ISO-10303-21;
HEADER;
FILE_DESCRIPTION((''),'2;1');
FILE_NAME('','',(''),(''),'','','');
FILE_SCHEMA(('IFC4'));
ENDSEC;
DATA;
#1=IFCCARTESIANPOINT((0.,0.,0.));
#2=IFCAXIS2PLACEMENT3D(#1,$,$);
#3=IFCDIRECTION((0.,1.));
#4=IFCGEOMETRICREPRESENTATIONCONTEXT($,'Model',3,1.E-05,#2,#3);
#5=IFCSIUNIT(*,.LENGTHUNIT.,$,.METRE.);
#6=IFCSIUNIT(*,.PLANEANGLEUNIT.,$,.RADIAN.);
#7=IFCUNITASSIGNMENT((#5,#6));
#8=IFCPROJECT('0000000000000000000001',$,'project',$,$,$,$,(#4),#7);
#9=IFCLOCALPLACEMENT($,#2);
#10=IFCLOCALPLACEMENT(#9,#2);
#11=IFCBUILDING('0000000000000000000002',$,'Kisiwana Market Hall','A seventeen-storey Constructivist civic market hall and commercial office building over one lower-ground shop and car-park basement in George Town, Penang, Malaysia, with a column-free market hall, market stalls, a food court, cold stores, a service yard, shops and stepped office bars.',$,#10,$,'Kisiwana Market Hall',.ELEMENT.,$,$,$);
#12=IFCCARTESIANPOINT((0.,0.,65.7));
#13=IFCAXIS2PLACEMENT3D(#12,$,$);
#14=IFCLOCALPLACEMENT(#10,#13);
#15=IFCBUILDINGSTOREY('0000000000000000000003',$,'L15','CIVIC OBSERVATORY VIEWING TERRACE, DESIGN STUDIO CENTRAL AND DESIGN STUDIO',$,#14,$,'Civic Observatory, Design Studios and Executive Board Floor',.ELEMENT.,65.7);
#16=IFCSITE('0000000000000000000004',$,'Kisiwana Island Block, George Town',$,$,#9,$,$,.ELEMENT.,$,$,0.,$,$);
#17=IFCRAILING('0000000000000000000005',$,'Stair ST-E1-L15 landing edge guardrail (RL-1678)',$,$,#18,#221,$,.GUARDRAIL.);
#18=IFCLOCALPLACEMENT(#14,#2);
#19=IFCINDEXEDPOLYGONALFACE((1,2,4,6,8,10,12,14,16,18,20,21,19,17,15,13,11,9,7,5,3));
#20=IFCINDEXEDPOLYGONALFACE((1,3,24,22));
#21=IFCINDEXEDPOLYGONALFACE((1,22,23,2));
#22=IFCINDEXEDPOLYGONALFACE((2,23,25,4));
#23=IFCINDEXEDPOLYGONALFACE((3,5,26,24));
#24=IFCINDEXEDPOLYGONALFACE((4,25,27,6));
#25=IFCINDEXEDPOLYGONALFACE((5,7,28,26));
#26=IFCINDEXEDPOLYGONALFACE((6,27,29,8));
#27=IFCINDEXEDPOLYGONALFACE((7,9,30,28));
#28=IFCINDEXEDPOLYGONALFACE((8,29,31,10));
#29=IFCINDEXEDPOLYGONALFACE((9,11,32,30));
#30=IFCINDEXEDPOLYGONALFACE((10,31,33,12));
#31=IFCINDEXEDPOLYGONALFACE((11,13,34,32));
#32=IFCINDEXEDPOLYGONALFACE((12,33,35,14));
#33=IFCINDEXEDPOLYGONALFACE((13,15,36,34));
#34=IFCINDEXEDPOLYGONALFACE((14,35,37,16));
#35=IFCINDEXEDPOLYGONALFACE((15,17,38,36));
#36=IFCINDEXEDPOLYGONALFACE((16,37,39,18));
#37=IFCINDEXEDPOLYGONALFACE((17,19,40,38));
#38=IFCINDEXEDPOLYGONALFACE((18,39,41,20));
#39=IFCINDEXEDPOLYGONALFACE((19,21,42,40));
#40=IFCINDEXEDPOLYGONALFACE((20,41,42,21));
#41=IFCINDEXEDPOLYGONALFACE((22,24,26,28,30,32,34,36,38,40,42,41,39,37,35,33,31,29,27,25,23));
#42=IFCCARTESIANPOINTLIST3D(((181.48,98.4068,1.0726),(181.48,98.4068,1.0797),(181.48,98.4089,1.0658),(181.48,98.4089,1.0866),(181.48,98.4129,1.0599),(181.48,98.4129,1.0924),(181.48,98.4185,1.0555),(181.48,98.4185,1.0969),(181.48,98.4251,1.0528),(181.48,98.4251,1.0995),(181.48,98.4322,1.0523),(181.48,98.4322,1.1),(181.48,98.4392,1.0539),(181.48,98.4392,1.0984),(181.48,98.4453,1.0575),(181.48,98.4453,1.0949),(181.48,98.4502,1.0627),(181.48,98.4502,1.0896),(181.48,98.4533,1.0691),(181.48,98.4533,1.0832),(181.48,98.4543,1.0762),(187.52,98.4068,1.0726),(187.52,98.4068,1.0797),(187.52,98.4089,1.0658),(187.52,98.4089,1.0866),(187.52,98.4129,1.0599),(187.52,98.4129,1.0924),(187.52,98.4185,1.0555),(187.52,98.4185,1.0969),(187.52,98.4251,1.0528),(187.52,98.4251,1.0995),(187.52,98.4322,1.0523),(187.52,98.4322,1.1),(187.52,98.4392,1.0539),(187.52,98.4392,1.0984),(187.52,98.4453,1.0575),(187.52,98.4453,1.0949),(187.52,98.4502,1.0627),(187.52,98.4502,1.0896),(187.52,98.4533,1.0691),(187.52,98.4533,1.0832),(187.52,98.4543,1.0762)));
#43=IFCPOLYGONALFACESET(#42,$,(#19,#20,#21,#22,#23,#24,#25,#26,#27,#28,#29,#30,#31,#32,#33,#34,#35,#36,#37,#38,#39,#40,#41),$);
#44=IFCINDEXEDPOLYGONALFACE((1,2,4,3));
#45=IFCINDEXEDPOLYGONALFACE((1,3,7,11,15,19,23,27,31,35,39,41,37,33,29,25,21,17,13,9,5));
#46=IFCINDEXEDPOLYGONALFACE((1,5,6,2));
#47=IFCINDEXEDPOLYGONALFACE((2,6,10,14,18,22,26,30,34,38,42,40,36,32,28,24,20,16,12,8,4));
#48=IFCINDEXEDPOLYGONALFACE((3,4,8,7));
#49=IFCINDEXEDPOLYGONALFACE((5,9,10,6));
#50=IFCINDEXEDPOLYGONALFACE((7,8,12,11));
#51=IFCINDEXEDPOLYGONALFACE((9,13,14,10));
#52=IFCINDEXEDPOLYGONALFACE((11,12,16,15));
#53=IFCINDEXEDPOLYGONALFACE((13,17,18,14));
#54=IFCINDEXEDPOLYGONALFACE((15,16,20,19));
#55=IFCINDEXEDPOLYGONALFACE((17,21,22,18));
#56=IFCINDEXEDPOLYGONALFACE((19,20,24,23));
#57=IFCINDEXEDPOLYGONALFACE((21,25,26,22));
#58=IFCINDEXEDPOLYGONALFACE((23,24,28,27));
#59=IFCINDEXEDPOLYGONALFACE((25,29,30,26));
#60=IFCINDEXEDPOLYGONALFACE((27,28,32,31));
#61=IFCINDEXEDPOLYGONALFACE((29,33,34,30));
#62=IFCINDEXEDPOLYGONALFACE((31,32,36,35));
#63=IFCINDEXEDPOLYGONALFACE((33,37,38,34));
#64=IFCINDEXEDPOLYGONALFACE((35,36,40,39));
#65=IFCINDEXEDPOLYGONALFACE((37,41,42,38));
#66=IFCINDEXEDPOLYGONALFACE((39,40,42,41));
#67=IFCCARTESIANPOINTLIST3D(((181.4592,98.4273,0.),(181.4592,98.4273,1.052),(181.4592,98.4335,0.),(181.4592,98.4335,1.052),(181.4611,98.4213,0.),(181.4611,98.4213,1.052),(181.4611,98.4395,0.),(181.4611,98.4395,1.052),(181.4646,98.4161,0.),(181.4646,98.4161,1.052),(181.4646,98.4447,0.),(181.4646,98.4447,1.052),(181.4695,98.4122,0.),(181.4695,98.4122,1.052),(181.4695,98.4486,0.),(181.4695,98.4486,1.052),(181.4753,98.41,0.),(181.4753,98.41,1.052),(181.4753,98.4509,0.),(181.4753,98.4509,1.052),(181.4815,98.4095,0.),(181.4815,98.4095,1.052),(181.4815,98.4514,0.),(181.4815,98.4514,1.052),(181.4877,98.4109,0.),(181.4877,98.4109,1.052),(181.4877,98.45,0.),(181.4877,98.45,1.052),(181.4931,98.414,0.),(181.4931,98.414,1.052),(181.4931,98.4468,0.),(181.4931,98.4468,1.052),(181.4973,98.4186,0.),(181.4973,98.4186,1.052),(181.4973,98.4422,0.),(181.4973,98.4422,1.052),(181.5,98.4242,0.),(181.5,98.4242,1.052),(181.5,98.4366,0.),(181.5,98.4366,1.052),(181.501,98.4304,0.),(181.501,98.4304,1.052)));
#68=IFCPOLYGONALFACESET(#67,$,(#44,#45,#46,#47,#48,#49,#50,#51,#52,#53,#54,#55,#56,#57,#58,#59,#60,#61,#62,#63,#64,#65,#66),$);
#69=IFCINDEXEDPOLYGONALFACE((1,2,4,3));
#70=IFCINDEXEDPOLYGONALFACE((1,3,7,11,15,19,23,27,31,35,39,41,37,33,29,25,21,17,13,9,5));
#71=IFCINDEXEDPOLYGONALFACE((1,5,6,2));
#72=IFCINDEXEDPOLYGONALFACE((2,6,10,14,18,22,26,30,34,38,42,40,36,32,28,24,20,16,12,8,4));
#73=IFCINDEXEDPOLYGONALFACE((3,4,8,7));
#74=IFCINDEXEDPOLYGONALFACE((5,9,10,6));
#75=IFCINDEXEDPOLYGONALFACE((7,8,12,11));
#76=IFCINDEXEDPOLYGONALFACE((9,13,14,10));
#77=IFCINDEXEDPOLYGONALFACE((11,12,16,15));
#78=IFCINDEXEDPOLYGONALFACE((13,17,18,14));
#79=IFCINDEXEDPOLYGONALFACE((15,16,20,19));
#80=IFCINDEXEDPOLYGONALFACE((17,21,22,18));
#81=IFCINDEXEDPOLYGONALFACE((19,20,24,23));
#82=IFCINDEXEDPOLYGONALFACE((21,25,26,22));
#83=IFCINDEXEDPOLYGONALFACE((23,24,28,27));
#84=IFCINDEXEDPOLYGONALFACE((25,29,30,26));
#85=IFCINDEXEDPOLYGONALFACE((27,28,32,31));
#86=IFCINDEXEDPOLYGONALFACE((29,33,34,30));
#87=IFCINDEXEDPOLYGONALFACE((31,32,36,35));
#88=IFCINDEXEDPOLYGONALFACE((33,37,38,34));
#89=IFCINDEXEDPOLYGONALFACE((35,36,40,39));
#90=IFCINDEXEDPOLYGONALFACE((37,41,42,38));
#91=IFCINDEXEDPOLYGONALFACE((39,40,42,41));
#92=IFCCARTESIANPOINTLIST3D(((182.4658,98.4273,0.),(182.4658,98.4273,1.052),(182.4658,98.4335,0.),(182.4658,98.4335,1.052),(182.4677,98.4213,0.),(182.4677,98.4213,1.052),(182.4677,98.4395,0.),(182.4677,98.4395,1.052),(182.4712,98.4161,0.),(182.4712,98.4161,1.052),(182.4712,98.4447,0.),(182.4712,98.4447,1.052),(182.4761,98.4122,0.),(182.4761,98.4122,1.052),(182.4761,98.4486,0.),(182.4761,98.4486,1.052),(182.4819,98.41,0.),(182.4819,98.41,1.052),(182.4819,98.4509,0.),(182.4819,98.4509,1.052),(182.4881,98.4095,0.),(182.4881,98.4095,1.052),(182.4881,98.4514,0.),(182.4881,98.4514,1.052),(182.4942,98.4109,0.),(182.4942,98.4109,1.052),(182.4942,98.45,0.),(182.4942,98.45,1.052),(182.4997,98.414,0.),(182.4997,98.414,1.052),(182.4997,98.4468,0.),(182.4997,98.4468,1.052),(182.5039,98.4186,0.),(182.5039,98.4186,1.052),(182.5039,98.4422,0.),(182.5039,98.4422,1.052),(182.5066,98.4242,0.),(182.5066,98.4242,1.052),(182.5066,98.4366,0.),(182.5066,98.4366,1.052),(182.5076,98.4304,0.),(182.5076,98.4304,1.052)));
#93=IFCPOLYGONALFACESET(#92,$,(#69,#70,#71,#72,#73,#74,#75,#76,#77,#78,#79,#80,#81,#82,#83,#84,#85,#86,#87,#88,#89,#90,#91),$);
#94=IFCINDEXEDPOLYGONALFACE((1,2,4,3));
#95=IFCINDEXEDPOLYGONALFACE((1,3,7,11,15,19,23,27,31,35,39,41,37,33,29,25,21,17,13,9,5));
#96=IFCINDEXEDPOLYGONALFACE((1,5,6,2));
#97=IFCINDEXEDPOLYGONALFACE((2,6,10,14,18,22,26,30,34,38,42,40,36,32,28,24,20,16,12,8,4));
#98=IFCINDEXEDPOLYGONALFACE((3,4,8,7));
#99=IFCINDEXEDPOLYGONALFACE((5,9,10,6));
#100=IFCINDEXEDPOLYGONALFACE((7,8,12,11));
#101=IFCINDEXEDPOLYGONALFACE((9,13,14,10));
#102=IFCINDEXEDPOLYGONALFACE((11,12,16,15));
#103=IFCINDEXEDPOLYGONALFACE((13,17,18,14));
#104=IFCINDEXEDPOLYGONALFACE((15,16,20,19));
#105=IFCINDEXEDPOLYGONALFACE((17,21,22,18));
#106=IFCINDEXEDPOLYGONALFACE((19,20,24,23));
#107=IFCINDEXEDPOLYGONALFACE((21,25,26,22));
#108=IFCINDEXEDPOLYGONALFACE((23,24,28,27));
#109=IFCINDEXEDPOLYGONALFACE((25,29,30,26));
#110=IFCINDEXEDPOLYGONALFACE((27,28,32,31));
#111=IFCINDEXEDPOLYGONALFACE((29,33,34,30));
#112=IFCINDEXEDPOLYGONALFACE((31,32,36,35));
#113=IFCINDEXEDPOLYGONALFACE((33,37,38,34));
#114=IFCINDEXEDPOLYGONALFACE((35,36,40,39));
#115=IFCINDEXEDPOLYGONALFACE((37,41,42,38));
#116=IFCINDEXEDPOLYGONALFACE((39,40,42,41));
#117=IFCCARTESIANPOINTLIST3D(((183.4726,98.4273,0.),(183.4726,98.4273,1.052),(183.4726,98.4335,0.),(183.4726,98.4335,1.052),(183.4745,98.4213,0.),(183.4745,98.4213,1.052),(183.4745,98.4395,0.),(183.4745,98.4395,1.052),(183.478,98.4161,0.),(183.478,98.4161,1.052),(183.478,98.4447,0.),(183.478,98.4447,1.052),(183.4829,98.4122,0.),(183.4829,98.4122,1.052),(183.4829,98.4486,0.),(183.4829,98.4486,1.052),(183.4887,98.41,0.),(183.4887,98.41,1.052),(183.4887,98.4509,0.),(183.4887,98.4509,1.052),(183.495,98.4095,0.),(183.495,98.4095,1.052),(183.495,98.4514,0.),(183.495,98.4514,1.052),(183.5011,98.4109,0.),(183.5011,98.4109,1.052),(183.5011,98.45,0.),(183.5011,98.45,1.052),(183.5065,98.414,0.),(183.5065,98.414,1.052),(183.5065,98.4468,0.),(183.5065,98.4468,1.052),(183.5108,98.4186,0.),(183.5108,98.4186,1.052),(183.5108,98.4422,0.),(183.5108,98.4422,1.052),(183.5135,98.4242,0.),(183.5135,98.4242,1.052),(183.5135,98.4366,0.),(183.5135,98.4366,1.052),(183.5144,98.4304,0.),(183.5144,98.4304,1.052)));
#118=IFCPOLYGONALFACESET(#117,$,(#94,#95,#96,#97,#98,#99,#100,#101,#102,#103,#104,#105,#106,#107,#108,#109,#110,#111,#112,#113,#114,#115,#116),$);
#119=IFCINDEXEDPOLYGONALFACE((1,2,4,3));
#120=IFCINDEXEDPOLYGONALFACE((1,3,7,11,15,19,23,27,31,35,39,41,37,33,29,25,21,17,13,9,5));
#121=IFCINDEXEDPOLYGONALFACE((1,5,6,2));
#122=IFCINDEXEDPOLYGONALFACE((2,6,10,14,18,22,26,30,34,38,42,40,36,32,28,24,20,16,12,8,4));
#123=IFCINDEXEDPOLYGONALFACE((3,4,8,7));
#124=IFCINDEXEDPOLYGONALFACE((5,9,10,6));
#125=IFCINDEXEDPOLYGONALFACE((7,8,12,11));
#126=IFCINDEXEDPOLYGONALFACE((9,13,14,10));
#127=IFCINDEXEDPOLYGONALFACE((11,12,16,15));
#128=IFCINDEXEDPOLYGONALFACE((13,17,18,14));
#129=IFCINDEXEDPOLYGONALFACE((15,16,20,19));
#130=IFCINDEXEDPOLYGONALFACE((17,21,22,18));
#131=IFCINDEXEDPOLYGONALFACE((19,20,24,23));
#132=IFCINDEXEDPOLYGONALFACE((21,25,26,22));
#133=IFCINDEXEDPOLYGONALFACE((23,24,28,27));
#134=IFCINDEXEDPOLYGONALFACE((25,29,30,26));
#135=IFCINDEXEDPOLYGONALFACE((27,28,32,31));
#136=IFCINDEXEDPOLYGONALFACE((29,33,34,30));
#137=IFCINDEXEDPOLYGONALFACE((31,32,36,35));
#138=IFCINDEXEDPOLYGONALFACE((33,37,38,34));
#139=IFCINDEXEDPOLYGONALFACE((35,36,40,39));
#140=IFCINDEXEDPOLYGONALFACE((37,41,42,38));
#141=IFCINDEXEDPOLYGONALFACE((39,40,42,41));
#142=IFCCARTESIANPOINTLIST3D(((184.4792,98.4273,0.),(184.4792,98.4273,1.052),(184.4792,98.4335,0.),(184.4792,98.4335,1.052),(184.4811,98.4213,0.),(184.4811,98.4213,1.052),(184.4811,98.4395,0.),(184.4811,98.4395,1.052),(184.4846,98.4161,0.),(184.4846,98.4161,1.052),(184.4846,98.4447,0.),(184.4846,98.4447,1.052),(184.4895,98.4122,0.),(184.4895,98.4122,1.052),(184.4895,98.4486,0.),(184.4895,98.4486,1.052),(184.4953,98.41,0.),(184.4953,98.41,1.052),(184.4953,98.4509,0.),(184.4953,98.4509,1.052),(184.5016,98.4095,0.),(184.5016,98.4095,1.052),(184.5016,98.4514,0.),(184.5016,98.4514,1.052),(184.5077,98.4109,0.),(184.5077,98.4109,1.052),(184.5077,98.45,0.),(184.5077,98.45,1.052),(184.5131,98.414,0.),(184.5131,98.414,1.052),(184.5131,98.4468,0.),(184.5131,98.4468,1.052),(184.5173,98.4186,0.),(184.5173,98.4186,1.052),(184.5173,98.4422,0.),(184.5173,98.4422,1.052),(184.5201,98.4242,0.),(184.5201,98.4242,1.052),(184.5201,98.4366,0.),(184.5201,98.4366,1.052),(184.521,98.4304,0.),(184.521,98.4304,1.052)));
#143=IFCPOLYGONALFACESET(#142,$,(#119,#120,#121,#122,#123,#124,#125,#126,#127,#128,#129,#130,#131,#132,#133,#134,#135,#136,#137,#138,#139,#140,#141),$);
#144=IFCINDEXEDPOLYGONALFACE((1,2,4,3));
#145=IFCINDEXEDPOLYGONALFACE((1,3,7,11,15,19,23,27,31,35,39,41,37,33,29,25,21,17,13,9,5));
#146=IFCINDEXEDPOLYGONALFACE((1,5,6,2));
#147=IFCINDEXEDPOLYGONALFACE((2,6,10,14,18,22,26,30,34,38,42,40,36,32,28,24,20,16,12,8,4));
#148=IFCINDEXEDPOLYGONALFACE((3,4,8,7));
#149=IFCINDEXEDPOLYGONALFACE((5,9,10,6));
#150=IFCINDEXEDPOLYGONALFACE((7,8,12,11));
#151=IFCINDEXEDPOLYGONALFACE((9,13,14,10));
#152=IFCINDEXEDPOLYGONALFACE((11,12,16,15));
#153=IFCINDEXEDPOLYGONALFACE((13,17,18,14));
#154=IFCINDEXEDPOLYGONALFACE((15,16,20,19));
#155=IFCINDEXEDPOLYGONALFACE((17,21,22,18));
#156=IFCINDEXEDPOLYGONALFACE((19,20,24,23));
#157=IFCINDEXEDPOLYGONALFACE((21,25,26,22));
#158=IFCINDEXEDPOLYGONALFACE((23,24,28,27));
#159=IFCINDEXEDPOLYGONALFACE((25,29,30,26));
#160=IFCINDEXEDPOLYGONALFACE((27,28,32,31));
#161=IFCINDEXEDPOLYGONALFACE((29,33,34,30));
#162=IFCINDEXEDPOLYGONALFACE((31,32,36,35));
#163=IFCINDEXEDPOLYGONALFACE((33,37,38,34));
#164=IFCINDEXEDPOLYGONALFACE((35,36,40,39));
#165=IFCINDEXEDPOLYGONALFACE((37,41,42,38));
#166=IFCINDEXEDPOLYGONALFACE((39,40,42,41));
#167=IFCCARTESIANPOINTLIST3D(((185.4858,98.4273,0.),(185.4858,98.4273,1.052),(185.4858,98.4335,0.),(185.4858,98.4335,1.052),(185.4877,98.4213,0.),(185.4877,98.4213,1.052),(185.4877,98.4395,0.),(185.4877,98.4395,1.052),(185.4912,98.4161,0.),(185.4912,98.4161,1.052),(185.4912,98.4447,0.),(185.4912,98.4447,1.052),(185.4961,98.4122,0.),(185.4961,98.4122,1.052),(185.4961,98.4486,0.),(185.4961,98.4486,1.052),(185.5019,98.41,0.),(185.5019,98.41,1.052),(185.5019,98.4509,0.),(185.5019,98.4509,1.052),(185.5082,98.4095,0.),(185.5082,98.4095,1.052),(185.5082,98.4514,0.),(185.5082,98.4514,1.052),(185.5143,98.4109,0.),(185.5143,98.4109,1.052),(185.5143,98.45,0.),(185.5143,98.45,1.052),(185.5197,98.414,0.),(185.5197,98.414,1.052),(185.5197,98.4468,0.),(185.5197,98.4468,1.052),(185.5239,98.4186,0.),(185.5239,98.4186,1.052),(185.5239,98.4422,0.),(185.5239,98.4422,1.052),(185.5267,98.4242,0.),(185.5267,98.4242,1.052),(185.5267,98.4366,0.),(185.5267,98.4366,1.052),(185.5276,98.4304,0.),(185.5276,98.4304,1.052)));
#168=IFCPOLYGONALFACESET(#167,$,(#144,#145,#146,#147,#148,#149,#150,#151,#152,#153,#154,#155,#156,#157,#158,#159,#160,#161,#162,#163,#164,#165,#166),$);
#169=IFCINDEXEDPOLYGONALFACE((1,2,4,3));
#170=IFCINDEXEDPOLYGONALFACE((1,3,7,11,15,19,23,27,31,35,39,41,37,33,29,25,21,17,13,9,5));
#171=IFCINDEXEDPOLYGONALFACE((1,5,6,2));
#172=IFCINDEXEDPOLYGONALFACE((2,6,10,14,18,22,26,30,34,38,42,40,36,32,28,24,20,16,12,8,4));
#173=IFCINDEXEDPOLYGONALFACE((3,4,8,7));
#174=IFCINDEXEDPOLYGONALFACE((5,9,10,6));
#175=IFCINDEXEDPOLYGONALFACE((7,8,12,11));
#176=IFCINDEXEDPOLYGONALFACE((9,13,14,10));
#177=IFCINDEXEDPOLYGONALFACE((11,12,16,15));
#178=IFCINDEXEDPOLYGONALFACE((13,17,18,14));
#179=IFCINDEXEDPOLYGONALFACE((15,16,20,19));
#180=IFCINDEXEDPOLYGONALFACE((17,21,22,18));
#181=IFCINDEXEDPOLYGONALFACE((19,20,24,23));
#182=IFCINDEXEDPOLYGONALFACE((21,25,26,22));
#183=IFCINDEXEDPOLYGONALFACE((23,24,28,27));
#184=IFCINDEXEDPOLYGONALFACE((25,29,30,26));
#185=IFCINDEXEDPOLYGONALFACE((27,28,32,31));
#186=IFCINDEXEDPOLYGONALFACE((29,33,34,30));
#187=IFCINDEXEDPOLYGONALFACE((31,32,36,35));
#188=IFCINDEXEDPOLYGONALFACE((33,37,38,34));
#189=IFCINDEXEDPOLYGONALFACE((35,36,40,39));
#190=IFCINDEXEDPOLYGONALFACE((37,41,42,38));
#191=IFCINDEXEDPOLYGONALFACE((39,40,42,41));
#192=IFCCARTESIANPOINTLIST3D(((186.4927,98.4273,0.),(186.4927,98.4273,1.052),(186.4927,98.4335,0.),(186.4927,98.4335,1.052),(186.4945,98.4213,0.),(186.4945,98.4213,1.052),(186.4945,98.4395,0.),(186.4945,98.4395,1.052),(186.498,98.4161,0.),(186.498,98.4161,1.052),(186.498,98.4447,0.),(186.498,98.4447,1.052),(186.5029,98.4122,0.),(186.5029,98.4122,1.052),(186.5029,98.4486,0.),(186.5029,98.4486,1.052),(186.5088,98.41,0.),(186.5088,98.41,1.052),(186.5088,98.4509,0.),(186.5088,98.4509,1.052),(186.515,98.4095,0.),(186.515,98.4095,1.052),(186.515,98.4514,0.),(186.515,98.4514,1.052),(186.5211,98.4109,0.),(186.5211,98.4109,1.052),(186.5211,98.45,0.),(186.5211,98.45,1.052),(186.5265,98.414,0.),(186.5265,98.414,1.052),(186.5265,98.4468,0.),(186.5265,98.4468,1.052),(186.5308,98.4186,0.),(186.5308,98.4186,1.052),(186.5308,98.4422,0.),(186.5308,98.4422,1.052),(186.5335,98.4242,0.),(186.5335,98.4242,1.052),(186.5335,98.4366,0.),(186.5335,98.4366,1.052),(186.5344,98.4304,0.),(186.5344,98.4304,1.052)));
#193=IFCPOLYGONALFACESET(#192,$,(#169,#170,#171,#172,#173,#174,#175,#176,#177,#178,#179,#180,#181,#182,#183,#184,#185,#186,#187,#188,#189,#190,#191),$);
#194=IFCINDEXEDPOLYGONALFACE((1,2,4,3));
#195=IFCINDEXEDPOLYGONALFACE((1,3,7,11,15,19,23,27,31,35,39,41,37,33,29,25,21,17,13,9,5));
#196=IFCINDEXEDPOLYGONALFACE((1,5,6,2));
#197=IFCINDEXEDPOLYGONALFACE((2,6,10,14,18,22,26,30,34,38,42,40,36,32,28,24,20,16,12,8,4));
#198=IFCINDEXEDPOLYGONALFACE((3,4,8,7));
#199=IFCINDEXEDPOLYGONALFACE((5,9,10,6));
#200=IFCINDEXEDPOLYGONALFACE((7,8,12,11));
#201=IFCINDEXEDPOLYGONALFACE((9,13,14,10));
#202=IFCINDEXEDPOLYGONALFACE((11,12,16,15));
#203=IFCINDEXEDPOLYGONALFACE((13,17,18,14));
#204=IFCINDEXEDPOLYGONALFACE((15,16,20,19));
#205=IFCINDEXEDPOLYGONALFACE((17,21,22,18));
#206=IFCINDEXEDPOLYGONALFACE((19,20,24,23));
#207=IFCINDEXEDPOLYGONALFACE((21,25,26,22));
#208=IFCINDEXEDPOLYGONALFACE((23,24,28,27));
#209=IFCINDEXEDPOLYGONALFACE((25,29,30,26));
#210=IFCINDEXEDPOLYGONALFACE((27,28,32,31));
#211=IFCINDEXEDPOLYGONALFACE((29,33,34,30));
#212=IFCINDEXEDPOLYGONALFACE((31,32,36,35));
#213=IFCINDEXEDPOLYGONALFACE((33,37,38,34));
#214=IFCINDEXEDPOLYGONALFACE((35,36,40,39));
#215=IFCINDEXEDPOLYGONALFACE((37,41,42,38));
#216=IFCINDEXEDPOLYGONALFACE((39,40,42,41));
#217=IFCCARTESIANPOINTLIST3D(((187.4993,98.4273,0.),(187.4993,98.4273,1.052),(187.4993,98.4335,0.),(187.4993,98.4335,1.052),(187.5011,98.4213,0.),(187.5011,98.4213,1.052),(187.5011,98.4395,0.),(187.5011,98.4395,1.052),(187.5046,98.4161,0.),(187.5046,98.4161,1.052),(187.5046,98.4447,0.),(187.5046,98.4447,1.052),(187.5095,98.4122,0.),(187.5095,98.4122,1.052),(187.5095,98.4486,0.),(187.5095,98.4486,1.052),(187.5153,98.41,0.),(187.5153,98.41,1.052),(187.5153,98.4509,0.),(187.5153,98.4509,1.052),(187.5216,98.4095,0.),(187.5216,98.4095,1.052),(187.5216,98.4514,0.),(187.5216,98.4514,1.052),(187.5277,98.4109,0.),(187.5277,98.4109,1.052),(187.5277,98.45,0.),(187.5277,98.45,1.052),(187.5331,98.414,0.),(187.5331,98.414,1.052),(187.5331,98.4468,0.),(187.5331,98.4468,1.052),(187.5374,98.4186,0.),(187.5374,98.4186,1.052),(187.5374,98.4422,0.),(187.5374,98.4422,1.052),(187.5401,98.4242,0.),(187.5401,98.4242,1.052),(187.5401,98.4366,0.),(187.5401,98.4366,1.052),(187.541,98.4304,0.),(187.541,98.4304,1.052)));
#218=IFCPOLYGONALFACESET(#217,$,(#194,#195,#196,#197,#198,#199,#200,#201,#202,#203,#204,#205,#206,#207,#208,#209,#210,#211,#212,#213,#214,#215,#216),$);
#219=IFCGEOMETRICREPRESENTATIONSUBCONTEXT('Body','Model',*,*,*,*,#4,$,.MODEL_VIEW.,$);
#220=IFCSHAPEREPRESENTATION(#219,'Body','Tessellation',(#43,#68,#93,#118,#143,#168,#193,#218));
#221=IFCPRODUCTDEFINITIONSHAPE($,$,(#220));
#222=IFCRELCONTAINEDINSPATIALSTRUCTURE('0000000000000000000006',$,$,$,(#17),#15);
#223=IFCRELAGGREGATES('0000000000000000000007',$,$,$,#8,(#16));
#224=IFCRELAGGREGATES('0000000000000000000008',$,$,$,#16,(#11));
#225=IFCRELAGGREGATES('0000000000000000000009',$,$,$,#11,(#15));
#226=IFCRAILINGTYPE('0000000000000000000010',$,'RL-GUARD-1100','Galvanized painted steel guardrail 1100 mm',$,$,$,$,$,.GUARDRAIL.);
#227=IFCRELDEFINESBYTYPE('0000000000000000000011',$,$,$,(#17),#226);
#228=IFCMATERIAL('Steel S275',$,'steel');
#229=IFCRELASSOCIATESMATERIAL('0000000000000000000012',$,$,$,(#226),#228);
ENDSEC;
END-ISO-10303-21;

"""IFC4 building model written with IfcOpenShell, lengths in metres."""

from ifc_helpers import new_model, si_unit, direction, frame, origin, origin_2d, place, context, subcontext, project, spatial, circle, extrude, material, type_object, element, save


model = new_model("IFC4")

# Units and contexts
model_context = context("Model", 3, precision=1e-05, world=origin(), true_north=direction((0.0, 1.0)))
body_context = subcontext(model_context, "Body", "Model", "MODEL_VIEW")
ifc_project = project(units=[si_unit("LENGTHUNIT", "METRE"), si_unit("PLANEANGLEUNIT", "RADIAN")], contexts=[model_context])

# Site, building, storey
site_placement = place(None, origin())
site = spatial("IfcSite", under=ifc_project, at=site_placement, Name="Kisiwana Island Block, George Town", CompositionType="ELEMENT", RefElevation=0.0)
building_placement = place(site_placement, origin())
building = spatial("IfcBuilding", under=site, at=building_placement, Name="Kisiwana Market Hall", Description="A seventeen-storey Constructivist civic market hall and commercial office building over one lower-ground shop and car-park basement in George Town, Penang, Malaysia, with a column-free market hall, market stalls, a food court, cold stores, a service yard, shops and stepped office bars.", LongName="Kisiwana Market Hall", CompositionType="ELEMENT")
storey_placement = place(building_placement, frame((0.0, 0.0, 65.7)))
storey = spatial("IfcBuildingStorey", under=building, at=storey_placement, Name="L15", Description="CIVIC OBSERVATORY VIEWING TERRACE, DESIGN STUDIO CENTRAL AND DESIGN STUDIO", LongName="Civic Observatory, Design Studios and Executive Board Floor", CompositionType="ELEMENT", Elevation=65.7)

# Railing
ifc_material_1 = material(Name="Steel S275", Category="steel")
railing_type_1 = type_object("IfcRailingType", Name="RL-GUARD-1100", Description="Galvanized painted steel guardrail 1100 mm", PredefinedType="GUARDRAIL", material=ifc_material_1)
railing_1_placement = place(storey_placement, frame((181.48, 98.4304, 0.0)))
element("IfcRailing", 1, at=railing_1_placement, inside=storey, type_object=railing_type_1, Name="Stair ST-E1-L15 landing edge guardrail (RL-1678)", PredefinedType="GUARDRAIL", context=body_context, shape_type="SweptSolid", body=[
    extrude(circle(Radius=0.0239, at=origin_2d()), frame((0.0, 0.0, 1.0762), z_axis=(1.0, 0.0, 0.0), x_axis=(0.0, 1.0, 0.0)), (0.0, 0.0, 1.0), 6.04),
    extrude(circle(Radius=0.021, at=origin_2d()), origin(), (0.0, 0.0, 1.0), 1.052),
    extrude(circle(Radius=0.021, at=origin_2d()), frame((1.0066, 0.0, 0.0)), (0.0, 0.0, 1.0), 1.052),
    extrude(circle(Radius=0.021, at=origin_2d()), frame((2.0134, 0.0, 0.0)), (0.0, 0.0, 1.0), 1.052),
    extrude(circle(Radius=0.021, at=origin_2d()), frame((3.02, 0.0, 0.0)), (0.0, 0.0, 1.0), 1.052),
    extrude(circle(Radius=0.021, at=origin_2d()), frame((4.0266, 0.0, 0.0)), (0.0, 0.0, 1.0), 1.052),
    extrude(circle(Radius=0.021, at=origin_2d()), frame((5.0334, 0.0, 0.0)), (0.0, 0.0, 1.0), 1.052),
    extrude(circle(Radius=0.021, at=origin_2d()), frame((6.04, 0.0, 0.0)), (0.0, 0.0, 1.0), 1.052),
])

save(model, "model.ifc")
